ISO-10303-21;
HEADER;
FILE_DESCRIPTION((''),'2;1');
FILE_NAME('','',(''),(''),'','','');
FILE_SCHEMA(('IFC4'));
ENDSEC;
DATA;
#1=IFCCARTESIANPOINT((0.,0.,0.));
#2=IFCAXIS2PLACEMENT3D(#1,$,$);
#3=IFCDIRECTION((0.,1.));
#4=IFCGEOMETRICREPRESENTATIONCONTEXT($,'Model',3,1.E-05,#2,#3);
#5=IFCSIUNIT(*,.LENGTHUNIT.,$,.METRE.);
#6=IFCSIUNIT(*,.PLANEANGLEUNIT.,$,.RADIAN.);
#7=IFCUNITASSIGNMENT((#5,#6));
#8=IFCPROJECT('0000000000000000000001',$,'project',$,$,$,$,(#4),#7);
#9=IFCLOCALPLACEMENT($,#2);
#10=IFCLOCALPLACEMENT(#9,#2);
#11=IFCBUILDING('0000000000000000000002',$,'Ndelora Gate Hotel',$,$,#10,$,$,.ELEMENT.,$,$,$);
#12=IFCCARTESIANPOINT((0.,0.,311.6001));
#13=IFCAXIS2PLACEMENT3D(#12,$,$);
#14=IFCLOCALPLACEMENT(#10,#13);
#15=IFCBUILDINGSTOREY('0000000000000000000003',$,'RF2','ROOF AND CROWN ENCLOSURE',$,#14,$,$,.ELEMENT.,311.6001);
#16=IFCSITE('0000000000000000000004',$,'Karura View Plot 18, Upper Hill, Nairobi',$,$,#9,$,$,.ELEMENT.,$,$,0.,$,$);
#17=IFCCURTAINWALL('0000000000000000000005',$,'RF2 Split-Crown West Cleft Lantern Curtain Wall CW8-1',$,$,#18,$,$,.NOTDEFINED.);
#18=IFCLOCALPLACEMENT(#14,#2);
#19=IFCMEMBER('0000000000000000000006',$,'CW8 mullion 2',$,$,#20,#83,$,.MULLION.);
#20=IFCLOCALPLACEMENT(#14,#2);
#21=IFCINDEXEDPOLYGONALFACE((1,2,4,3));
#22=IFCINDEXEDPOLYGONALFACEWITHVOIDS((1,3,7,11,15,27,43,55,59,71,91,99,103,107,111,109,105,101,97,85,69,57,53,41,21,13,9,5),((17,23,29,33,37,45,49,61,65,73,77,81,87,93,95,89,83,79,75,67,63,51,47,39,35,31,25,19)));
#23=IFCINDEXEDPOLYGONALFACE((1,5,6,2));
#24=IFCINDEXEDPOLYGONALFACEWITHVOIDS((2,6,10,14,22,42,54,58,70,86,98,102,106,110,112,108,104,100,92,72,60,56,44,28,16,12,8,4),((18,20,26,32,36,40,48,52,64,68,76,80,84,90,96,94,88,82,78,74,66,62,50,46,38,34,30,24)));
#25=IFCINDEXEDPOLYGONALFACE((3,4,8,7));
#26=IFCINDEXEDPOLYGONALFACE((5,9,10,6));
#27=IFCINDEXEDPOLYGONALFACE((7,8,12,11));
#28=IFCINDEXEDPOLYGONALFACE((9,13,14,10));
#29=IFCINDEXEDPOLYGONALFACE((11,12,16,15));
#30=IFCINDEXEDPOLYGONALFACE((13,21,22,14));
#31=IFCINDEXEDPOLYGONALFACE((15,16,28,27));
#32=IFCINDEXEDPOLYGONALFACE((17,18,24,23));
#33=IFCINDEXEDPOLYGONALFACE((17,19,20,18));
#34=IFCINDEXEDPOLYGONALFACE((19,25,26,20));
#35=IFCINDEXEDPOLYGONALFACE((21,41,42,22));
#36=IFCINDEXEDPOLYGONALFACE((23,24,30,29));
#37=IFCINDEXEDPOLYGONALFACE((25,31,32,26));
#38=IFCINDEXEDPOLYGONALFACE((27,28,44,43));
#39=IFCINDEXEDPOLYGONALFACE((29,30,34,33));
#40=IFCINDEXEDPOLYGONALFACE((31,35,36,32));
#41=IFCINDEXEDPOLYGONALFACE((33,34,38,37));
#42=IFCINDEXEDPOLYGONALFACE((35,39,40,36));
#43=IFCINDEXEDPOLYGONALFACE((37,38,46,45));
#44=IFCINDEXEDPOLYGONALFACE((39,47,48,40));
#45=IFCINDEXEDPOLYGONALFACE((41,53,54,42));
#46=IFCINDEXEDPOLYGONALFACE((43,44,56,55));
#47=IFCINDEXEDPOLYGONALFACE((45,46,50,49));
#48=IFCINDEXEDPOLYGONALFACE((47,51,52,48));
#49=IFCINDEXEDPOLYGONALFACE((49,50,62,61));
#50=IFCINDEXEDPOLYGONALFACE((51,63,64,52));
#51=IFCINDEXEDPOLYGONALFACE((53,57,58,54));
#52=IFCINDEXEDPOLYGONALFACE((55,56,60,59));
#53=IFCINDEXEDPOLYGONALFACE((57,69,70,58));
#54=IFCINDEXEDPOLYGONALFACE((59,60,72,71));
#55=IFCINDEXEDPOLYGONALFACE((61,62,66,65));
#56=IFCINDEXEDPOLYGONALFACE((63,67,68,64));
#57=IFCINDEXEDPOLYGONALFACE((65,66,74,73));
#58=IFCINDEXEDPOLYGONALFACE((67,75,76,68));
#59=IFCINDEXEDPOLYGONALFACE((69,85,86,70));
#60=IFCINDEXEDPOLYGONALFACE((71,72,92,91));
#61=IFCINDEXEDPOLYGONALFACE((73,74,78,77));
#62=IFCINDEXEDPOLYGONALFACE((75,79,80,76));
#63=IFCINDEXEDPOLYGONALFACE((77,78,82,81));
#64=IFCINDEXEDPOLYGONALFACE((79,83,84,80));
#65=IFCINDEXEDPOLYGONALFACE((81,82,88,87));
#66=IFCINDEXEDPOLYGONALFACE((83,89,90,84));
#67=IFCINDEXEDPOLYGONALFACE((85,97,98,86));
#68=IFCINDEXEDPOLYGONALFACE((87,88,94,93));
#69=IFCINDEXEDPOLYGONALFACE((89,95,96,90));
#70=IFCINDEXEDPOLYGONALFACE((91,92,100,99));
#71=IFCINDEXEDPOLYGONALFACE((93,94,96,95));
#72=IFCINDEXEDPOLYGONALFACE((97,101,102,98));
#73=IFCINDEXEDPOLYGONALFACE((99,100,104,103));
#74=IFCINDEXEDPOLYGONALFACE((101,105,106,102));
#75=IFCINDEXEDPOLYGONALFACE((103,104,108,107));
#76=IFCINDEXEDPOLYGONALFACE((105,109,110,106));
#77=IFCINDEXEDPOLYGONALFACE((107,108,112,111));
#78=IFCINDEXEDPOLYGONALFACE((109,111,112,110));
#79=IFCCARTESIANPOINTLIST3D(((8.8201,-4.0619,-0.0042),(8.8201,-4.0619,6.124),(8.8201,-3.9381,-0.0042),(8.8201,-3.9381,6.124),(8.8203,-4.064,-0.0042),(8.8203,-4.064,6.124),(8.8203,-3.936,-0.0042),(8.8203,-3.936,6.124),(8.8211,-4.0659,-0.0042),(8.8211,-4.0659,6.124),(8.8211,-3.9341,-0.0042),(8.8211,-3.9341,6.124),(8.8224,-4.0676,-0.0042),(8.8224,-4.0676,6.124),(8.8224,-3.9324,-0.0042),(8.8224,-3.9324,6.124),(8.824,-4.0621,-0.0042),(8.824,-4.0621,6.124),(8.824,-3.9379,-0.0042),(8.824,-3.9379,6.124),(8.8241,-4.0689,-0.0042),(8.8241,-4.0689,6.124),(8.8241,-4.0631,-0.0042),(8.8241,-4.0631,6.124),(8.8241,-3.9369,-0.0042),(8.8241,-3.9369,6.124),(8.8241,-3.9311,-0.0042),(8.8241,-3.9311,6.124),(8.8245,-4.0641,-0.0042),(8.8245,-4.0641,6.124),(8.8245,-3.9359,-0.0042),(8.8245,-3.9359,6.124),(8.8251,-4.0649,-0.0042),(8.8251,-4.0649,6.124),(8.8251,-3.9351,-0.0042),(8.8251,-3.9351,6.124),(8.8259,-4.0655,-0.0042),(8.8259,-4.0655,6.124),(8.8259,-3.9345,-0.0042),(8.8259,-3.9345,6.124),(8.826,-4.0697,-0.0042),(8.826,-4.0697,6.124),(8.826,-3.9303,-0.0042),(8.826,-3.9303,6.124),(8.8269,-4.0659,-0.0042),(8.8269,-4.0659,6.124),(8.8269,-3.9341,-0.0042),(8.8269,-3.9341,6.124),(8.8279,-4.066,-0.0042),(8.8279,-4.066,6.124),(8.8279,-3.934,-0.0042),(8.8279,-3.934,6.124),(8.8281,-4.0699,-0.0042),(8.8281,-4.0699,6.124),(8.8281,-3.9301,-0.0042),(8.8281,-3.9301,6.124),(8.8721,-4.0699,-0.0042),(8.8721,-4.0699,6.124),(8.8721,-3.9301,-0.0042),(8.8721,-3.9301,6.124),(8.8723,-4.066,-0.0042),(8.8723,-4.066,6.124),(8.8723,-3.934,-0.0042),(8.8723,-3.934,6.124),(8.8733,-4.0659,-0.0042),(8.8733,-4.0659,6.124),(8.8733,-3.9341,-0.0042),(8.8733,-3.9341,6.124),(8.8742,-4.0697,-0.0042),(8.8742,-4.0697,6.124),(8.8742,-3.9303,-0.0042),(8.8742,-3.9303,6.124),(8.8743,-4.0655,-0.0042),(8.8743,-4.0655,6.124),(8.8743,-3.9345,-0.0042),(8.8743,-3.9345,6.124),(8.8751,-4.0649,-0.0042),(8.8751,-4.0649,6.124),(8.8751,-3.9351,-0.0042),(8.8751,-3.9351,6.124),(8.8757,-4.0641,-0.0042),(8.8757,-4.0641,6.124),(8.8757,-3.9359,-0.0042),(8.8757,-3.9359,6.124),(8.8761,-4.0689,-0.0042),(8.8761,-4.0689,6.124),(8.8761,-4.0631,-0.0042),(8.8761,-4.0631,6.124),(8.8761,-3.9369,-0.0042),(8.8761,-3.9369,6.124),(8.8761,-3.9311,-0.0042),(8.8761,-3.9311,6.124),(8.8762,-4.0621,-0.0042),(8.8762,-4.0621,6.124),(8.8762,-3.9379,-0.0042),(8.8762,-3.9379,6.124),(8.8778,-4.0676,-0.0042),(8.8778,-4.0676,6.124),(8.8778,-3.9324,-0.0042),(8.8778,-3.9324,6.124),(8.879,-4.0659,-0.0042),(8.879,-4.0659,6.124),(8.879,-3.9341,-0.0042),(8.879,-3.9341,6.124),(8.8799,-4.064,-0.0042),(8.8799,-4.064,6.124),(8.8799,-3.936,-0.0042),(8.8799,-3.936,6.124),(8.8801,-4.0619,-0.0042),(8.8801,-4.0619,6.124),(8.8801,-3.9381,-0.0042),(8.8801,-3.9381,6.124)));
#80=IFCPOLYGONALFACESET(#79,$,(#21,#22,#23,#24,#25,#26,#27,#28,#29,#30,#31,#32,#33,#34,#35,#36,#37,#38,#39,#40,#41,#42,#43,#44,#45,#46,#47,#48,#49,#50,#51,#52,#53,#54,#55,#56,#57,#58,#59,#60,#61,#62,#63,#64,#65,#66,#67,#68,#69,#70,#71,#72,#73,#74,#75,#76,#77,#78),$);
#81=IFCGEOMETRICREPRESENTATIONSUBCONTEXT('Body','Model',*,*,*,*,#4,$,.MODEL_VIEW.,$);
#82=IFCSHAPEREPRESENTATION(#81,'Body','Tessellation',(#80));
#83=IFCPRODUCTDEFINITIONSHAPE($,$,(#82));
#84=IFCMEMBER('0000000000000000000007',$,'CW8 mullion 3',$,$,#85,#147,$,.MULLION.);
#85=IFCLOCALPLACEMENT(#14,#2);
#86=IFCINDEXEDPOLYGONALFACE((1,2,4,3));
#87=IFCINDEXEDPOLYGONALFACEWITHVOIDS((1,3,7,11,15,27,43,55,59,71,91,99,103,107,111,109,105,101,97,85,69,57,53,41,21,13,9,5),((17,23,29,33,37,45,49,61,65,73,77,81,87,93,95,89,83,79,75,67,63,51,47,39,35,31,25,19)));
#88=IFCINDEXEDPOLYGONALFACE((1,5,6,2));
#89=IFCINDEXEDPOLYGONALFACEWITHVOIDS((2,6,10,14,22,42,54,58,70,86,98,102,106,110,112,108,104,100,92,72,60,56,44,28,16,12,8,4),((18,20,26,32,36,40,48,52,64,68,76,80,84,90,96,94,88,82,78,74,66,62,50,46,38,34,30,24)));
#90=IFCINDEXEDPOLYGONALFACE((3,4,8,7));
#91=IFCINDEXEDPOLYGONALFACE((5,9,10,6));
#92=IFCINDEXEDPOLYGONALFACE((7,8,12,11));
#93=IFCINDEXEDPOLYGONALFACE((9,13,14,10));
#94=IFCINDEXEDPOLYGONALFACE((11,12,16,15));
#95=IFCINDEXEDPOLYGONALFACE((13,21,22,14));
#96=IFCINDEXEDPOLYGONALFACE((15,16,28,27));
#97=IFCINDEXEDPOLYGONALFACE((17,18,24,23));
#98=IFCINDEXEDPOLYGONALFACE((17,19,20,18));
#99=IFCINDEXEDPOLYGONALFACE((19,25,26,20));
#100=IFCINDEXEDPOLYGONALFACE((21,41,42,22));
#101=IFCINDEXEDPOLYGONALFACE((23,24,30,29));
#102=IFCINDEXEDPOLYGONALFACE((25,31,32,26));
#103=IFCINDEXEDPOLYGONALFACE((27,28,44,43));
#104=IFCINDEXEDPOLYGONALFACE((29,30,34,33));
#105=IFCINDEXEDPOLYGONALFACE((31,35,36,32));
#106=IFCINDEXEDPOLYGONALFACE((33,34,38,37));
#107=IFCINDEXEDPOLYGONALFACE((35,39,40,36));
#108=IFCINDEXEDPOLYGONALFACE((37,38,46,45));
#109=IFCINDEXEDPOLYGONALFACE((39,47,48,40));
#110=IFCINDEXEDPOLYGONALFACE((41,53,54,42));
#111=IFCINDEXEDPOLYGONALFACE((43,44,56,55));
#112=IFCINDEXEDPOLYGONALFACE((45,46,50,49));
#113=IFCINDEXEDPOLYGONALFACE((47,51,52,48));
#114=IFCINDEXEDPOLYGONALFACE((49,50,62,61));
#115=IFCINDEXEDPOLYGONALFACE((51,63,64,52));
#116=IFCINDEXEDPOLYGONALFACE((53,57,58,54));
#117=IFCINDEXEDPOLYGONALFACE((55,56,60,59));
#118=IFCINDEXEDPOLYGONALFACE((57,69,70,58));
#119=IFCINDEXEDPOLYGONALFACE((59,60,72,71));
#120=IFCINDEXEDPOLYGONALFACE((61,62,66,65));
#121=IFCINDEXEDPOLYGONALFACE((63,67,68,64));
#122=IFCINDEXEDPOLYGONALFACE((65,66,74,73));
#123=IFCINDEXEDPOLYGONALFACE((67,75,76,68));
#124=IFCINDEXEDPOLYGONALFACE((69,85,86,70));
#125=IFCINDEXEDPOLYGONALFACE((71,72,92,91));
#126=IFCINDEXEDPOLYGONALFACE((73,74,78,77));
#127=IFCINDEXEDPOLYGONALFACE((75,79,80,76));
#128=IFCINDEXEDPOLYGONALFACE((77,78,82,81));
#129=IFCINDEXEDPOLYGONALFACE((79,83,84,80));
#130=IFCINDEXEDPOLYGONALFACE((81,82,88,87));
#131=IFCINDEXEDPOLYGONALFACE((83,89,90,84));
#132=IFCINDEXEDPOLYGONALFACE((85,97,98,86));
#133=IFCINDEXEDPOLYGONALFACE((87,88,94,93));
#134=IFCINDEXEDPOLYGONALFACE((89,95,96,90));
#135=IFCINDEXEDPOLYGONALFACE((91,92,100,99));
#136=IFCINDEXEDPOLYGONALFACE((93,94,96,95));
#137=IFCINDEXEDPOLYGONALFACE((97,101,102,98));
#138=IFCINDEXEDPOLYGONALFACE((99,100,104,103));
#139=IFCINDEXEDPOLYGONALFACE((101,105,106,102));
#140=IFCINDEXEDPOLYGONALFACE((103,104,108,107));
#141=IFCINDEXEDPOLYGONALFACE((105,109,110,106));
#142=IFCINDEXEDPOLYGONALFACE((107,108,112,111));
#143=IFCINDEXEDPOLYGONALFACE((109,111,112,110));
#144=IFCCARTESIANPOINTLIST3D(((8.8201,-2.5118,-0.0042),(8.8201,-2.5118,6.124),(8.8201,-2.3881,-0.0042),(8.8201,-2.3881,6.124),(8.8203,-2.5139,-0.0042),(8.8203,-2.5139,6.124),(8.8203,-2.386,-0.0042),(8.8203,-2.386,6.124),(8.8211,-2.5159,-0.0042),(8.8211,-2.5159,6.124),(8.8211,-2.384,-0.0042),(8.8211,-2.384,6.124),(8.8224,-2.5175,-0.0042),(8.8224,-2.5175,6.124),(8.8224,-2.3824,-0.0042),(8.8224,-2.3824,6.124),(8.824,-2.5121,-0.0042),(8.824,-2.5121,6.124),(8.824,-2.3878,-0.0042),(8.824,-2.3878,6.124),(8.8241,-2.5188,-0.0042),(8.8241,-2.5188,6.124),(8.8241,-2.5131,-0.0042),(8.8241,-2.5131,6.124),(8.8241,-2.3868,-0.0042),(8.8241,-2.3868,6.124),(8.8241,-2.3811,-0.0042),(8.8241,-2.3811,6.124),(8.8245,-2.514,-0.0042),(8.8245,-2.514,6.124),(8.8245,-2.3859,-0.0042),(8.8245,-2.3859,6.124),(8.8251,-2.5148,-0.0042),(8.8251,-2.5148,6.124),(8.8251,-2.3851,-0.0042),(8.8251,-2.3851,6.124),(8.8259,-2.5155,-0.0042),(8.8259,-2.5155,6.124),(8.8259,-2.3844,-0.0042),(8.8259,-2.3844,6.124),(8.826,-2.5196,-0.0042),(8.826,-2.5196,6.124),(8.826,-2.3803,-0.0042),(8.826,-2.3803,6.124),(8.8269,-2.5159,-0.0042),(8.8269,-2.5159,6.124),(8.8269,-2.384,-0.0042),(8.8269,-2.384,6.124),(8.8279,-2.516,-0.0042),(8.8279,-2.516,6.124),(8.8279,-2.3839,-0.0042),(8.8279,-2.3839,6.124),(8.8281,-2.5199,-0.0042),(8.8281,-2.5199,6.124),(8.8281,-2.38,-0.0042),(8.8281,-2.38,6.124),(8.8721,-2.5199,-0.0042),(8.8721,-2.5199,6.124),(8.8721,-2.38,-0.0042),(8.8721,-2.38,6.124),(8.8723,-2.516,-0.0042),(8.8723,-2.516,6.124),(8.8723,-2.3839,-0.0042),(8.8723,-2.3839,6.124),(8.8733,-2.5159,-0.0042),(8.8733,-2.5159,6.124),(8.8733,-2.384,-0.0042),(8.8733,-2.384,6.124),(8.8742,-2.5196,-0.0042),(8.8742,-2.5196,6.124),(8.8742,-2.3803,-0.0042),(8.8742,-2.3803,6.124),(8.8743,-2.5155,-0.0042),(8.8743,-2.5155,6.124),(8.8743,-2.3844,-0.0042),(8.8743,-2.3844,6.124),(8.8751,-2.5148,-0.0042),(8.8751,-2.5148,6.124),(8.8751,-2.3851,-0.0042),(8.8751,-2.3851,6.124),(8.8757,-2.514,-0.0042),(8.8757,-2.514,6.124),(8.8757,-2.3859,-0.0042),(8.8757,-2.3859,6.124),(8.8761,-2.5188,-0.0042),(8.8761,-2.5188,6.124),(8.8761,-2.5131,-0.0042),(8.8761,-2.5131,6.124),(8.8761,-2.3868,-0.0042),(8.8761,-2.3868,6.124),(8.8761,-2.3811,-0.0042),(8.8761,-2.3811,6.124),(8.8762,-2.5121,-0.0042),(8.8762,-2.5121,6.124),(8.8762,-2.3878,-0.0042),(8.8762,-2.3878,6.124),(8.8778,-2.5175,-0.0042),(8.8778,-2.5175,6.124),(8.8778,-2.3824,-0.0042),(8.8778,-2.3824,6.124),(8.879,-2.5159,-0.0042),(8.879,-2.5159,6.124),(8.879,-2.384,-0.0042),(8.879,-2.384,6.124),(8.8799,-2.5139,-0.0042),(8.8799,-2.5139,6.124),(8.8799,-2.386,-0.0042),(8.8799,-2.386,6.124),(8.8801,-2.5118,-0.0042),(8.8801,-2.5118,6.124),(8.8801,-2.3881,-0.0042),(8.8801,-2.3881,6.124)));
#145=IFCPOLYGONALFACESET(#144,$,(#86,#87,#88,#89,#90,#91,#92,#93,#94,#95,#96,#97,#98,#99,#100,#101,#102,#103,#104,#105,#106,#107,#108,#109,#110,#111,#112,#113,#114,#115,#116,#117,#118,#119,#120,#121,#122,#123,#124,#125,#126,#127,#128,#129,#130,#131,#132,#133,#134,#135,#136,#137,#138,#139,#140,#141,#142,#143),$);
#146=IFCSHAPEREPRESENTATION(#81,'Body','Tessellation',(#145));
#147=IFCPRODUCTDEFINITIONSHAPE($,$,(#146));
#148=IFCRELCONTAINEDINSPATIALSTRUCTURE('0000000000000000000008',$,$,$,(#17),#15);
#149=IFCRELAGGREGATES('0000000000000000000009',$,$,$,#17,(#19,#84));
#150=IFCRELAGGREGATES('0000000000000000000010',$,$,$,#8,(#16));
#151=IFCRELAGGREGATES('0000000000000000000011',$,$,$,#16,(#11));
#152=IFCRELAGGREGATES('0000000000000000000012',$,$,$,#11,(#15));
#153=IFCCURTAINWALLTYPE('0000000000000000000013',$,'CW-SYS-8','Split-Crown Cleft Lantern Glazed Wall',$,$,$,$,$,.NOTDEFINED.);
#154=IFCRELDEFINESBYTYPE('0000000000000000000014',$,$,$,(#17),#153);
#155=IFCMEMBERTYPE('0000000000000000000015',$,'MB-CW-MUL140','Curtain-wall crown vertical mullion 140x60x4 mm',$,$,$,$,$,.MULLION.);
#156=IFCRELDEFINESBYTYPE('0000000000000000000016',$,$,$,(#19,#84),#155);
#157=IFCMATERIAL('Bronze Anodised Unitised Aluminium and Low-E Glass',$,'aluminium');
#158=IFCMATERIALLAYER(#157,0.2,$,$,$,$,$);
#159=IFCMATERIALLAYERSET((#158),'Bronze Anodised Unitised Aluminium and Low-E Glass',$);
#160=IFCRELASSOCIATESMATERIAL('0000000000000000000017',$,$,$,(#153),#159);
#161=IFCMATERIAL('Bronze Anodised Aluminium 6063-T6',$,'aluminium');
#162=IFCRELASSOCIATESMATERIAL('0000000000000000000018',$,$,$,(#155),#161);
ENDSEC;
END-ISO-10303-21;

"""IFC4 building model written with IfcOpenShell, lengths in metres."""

from ifc_helpers import new_model, si_unit, direction, frame, origin, origin_2d, place, context, subcontext, project, spatial, hollow_rectangle, extrude, material, layer, layer_set, material_profile, profile_set, type_object, element, aggregate, save


model = new_model("IFC4")

# Units and contexts
model_context = context("Model", 3, precision=1e-05, world=origin(), true_north=direction((0.0, 1.0)))
body_context = subcontext(model_context, "Body", "Model", "MODEL_VIEW")
ifc_project = project(units=[si_unit("LENGTHUNIT", "METRE"), si_unit("PLANEANGLEUNIT", "RADIAN")], contexts=[model_context])

# Site, building, storey
site_placement = place(None, origin())
site = spatial("IfcSite", under=ifc_project, at=site_placement, Name="Karura View Plot 18, Upper Hill, Nairobi", CompositionType="ELEMENT", RefElevation=0.0)
building_placement = place(site_placement, origin())
building = spatial("IfcBuilding", under=site, at=building_placement, Name="Ndelora Gate Hotel", CompositionType="ELEMENT")
storey_placement = place(building_placement, frame((0.0, 0.0, 311.6001)))
storey = spatial("IfcBuildingStorey", under=building, at=storey_placement, Name="RF2", Description="ROOF AND CROWN ENCLOSURE", CompositionType="ELEMENT", Elevation=311.6001)

# Curtain wall, members
ifc_material_1 = material(Name="Bronze Anodised Unitised Aluminium and Low-E Glass", Category="aluminium")
ifc_layer_1 = layer(ifc_material_1, 0.2)
ifc_layer_set_1 = layer_set([ifc_layer_1], Name="Bronze Anodised Unitised Aluminium and Low-E Glass")
curtain_wall_type = type_object("IfcCurtainWallType", Name="CW-SYS-8", Description="Split-Crown Cleft Lantern Glazed Wall", PredefinedType="NOTDEFINED", material=ifc_layer_set_1)
curtain_wall_placement = place(storey_placement, origin())
curtain_wall = element("IfcCurtainWall", 1, at=curtain_wall_placement, inside=storey, type_object=curtain_wall_type, Name="RF2 Split-Crown West Cleft Lantern Curtain Wall CW8-1", PredefinedType="NOTDEFINED")
ifc_material_2 = material(Name="Bronze Anodised Aluminium 6063-T6", Category="aluminium")
ifc_material_profile_1 = material_profile(ifc_material_2, hollow_rectangle(XDim=0.0601, YDim=0.1399, WallThickness=0.0039, InnerFilletRadius=0.0039, OuterFilletRadius=0.0081, at=origin_2d()), Name="ALU 140x60x4")
ifc_profile_set_1 = profile_set([ifc_material_profile_1], Name="Bronze Anodised Aluminium 6063-T6")
member_type_1 = type_object("IfcMemberType", Name="MB-CW-MUL140", Description="Curtain-wall crown vertical mullion 140x60x4 mm", PredefinedType="MULLION", material=ifc_profile_set_1)
member_1_placement = place(storey_placement, frame((8.8501, -4.0, -0.0042), z_axis=(0.0, 0.0, 1.0), x_axis=(-1.0, 0.0, 0.0)))
member_1 = element("IfcMember", 2, at=member_1_placement, type_object=member_type_1, Name="CW8 mullion 2", PredefinedType="MULLION", context=body_context, shape_type="SweptSolid", body=[
    extrude(hollow_rectangle(XDim=0.0601, YDim=0.1399, WallThickness=0.0039, InnerFilletRadius=0.0039, OuterFilletRadius=0.0081, at=origin_2d()), origin(), (0.0, 0.0, 1.0), 6.1282),
])
member_2_placement = place(storey_placement, frame((8.8501, -2.45, -0.0042), z_axis=(0.0, 0.0, 1.0), x_axis=(-1.0, 0.0, 0.0)))
member_2 = element("IfcMember", 3, at=member_2_placement, type_object=member_type_1, Name="CW8 mullion 3", PredefinedType="MULLION", context=body_context, shape_type="SweptSolid", body=[
    extrude(hollow_rectangle(XDim=0.0601, YDim=0.1399, WallThickness=0.0039, InnerFilletRadius=0.0039, OuterFilletRadius=0.0081, at=origin_2d()), origin(), (0.0, 0.0, 1.0), 6.1282),
])
aggregate(curtain_wall, [member_1, member_2])

save(model, "model.ifc")
